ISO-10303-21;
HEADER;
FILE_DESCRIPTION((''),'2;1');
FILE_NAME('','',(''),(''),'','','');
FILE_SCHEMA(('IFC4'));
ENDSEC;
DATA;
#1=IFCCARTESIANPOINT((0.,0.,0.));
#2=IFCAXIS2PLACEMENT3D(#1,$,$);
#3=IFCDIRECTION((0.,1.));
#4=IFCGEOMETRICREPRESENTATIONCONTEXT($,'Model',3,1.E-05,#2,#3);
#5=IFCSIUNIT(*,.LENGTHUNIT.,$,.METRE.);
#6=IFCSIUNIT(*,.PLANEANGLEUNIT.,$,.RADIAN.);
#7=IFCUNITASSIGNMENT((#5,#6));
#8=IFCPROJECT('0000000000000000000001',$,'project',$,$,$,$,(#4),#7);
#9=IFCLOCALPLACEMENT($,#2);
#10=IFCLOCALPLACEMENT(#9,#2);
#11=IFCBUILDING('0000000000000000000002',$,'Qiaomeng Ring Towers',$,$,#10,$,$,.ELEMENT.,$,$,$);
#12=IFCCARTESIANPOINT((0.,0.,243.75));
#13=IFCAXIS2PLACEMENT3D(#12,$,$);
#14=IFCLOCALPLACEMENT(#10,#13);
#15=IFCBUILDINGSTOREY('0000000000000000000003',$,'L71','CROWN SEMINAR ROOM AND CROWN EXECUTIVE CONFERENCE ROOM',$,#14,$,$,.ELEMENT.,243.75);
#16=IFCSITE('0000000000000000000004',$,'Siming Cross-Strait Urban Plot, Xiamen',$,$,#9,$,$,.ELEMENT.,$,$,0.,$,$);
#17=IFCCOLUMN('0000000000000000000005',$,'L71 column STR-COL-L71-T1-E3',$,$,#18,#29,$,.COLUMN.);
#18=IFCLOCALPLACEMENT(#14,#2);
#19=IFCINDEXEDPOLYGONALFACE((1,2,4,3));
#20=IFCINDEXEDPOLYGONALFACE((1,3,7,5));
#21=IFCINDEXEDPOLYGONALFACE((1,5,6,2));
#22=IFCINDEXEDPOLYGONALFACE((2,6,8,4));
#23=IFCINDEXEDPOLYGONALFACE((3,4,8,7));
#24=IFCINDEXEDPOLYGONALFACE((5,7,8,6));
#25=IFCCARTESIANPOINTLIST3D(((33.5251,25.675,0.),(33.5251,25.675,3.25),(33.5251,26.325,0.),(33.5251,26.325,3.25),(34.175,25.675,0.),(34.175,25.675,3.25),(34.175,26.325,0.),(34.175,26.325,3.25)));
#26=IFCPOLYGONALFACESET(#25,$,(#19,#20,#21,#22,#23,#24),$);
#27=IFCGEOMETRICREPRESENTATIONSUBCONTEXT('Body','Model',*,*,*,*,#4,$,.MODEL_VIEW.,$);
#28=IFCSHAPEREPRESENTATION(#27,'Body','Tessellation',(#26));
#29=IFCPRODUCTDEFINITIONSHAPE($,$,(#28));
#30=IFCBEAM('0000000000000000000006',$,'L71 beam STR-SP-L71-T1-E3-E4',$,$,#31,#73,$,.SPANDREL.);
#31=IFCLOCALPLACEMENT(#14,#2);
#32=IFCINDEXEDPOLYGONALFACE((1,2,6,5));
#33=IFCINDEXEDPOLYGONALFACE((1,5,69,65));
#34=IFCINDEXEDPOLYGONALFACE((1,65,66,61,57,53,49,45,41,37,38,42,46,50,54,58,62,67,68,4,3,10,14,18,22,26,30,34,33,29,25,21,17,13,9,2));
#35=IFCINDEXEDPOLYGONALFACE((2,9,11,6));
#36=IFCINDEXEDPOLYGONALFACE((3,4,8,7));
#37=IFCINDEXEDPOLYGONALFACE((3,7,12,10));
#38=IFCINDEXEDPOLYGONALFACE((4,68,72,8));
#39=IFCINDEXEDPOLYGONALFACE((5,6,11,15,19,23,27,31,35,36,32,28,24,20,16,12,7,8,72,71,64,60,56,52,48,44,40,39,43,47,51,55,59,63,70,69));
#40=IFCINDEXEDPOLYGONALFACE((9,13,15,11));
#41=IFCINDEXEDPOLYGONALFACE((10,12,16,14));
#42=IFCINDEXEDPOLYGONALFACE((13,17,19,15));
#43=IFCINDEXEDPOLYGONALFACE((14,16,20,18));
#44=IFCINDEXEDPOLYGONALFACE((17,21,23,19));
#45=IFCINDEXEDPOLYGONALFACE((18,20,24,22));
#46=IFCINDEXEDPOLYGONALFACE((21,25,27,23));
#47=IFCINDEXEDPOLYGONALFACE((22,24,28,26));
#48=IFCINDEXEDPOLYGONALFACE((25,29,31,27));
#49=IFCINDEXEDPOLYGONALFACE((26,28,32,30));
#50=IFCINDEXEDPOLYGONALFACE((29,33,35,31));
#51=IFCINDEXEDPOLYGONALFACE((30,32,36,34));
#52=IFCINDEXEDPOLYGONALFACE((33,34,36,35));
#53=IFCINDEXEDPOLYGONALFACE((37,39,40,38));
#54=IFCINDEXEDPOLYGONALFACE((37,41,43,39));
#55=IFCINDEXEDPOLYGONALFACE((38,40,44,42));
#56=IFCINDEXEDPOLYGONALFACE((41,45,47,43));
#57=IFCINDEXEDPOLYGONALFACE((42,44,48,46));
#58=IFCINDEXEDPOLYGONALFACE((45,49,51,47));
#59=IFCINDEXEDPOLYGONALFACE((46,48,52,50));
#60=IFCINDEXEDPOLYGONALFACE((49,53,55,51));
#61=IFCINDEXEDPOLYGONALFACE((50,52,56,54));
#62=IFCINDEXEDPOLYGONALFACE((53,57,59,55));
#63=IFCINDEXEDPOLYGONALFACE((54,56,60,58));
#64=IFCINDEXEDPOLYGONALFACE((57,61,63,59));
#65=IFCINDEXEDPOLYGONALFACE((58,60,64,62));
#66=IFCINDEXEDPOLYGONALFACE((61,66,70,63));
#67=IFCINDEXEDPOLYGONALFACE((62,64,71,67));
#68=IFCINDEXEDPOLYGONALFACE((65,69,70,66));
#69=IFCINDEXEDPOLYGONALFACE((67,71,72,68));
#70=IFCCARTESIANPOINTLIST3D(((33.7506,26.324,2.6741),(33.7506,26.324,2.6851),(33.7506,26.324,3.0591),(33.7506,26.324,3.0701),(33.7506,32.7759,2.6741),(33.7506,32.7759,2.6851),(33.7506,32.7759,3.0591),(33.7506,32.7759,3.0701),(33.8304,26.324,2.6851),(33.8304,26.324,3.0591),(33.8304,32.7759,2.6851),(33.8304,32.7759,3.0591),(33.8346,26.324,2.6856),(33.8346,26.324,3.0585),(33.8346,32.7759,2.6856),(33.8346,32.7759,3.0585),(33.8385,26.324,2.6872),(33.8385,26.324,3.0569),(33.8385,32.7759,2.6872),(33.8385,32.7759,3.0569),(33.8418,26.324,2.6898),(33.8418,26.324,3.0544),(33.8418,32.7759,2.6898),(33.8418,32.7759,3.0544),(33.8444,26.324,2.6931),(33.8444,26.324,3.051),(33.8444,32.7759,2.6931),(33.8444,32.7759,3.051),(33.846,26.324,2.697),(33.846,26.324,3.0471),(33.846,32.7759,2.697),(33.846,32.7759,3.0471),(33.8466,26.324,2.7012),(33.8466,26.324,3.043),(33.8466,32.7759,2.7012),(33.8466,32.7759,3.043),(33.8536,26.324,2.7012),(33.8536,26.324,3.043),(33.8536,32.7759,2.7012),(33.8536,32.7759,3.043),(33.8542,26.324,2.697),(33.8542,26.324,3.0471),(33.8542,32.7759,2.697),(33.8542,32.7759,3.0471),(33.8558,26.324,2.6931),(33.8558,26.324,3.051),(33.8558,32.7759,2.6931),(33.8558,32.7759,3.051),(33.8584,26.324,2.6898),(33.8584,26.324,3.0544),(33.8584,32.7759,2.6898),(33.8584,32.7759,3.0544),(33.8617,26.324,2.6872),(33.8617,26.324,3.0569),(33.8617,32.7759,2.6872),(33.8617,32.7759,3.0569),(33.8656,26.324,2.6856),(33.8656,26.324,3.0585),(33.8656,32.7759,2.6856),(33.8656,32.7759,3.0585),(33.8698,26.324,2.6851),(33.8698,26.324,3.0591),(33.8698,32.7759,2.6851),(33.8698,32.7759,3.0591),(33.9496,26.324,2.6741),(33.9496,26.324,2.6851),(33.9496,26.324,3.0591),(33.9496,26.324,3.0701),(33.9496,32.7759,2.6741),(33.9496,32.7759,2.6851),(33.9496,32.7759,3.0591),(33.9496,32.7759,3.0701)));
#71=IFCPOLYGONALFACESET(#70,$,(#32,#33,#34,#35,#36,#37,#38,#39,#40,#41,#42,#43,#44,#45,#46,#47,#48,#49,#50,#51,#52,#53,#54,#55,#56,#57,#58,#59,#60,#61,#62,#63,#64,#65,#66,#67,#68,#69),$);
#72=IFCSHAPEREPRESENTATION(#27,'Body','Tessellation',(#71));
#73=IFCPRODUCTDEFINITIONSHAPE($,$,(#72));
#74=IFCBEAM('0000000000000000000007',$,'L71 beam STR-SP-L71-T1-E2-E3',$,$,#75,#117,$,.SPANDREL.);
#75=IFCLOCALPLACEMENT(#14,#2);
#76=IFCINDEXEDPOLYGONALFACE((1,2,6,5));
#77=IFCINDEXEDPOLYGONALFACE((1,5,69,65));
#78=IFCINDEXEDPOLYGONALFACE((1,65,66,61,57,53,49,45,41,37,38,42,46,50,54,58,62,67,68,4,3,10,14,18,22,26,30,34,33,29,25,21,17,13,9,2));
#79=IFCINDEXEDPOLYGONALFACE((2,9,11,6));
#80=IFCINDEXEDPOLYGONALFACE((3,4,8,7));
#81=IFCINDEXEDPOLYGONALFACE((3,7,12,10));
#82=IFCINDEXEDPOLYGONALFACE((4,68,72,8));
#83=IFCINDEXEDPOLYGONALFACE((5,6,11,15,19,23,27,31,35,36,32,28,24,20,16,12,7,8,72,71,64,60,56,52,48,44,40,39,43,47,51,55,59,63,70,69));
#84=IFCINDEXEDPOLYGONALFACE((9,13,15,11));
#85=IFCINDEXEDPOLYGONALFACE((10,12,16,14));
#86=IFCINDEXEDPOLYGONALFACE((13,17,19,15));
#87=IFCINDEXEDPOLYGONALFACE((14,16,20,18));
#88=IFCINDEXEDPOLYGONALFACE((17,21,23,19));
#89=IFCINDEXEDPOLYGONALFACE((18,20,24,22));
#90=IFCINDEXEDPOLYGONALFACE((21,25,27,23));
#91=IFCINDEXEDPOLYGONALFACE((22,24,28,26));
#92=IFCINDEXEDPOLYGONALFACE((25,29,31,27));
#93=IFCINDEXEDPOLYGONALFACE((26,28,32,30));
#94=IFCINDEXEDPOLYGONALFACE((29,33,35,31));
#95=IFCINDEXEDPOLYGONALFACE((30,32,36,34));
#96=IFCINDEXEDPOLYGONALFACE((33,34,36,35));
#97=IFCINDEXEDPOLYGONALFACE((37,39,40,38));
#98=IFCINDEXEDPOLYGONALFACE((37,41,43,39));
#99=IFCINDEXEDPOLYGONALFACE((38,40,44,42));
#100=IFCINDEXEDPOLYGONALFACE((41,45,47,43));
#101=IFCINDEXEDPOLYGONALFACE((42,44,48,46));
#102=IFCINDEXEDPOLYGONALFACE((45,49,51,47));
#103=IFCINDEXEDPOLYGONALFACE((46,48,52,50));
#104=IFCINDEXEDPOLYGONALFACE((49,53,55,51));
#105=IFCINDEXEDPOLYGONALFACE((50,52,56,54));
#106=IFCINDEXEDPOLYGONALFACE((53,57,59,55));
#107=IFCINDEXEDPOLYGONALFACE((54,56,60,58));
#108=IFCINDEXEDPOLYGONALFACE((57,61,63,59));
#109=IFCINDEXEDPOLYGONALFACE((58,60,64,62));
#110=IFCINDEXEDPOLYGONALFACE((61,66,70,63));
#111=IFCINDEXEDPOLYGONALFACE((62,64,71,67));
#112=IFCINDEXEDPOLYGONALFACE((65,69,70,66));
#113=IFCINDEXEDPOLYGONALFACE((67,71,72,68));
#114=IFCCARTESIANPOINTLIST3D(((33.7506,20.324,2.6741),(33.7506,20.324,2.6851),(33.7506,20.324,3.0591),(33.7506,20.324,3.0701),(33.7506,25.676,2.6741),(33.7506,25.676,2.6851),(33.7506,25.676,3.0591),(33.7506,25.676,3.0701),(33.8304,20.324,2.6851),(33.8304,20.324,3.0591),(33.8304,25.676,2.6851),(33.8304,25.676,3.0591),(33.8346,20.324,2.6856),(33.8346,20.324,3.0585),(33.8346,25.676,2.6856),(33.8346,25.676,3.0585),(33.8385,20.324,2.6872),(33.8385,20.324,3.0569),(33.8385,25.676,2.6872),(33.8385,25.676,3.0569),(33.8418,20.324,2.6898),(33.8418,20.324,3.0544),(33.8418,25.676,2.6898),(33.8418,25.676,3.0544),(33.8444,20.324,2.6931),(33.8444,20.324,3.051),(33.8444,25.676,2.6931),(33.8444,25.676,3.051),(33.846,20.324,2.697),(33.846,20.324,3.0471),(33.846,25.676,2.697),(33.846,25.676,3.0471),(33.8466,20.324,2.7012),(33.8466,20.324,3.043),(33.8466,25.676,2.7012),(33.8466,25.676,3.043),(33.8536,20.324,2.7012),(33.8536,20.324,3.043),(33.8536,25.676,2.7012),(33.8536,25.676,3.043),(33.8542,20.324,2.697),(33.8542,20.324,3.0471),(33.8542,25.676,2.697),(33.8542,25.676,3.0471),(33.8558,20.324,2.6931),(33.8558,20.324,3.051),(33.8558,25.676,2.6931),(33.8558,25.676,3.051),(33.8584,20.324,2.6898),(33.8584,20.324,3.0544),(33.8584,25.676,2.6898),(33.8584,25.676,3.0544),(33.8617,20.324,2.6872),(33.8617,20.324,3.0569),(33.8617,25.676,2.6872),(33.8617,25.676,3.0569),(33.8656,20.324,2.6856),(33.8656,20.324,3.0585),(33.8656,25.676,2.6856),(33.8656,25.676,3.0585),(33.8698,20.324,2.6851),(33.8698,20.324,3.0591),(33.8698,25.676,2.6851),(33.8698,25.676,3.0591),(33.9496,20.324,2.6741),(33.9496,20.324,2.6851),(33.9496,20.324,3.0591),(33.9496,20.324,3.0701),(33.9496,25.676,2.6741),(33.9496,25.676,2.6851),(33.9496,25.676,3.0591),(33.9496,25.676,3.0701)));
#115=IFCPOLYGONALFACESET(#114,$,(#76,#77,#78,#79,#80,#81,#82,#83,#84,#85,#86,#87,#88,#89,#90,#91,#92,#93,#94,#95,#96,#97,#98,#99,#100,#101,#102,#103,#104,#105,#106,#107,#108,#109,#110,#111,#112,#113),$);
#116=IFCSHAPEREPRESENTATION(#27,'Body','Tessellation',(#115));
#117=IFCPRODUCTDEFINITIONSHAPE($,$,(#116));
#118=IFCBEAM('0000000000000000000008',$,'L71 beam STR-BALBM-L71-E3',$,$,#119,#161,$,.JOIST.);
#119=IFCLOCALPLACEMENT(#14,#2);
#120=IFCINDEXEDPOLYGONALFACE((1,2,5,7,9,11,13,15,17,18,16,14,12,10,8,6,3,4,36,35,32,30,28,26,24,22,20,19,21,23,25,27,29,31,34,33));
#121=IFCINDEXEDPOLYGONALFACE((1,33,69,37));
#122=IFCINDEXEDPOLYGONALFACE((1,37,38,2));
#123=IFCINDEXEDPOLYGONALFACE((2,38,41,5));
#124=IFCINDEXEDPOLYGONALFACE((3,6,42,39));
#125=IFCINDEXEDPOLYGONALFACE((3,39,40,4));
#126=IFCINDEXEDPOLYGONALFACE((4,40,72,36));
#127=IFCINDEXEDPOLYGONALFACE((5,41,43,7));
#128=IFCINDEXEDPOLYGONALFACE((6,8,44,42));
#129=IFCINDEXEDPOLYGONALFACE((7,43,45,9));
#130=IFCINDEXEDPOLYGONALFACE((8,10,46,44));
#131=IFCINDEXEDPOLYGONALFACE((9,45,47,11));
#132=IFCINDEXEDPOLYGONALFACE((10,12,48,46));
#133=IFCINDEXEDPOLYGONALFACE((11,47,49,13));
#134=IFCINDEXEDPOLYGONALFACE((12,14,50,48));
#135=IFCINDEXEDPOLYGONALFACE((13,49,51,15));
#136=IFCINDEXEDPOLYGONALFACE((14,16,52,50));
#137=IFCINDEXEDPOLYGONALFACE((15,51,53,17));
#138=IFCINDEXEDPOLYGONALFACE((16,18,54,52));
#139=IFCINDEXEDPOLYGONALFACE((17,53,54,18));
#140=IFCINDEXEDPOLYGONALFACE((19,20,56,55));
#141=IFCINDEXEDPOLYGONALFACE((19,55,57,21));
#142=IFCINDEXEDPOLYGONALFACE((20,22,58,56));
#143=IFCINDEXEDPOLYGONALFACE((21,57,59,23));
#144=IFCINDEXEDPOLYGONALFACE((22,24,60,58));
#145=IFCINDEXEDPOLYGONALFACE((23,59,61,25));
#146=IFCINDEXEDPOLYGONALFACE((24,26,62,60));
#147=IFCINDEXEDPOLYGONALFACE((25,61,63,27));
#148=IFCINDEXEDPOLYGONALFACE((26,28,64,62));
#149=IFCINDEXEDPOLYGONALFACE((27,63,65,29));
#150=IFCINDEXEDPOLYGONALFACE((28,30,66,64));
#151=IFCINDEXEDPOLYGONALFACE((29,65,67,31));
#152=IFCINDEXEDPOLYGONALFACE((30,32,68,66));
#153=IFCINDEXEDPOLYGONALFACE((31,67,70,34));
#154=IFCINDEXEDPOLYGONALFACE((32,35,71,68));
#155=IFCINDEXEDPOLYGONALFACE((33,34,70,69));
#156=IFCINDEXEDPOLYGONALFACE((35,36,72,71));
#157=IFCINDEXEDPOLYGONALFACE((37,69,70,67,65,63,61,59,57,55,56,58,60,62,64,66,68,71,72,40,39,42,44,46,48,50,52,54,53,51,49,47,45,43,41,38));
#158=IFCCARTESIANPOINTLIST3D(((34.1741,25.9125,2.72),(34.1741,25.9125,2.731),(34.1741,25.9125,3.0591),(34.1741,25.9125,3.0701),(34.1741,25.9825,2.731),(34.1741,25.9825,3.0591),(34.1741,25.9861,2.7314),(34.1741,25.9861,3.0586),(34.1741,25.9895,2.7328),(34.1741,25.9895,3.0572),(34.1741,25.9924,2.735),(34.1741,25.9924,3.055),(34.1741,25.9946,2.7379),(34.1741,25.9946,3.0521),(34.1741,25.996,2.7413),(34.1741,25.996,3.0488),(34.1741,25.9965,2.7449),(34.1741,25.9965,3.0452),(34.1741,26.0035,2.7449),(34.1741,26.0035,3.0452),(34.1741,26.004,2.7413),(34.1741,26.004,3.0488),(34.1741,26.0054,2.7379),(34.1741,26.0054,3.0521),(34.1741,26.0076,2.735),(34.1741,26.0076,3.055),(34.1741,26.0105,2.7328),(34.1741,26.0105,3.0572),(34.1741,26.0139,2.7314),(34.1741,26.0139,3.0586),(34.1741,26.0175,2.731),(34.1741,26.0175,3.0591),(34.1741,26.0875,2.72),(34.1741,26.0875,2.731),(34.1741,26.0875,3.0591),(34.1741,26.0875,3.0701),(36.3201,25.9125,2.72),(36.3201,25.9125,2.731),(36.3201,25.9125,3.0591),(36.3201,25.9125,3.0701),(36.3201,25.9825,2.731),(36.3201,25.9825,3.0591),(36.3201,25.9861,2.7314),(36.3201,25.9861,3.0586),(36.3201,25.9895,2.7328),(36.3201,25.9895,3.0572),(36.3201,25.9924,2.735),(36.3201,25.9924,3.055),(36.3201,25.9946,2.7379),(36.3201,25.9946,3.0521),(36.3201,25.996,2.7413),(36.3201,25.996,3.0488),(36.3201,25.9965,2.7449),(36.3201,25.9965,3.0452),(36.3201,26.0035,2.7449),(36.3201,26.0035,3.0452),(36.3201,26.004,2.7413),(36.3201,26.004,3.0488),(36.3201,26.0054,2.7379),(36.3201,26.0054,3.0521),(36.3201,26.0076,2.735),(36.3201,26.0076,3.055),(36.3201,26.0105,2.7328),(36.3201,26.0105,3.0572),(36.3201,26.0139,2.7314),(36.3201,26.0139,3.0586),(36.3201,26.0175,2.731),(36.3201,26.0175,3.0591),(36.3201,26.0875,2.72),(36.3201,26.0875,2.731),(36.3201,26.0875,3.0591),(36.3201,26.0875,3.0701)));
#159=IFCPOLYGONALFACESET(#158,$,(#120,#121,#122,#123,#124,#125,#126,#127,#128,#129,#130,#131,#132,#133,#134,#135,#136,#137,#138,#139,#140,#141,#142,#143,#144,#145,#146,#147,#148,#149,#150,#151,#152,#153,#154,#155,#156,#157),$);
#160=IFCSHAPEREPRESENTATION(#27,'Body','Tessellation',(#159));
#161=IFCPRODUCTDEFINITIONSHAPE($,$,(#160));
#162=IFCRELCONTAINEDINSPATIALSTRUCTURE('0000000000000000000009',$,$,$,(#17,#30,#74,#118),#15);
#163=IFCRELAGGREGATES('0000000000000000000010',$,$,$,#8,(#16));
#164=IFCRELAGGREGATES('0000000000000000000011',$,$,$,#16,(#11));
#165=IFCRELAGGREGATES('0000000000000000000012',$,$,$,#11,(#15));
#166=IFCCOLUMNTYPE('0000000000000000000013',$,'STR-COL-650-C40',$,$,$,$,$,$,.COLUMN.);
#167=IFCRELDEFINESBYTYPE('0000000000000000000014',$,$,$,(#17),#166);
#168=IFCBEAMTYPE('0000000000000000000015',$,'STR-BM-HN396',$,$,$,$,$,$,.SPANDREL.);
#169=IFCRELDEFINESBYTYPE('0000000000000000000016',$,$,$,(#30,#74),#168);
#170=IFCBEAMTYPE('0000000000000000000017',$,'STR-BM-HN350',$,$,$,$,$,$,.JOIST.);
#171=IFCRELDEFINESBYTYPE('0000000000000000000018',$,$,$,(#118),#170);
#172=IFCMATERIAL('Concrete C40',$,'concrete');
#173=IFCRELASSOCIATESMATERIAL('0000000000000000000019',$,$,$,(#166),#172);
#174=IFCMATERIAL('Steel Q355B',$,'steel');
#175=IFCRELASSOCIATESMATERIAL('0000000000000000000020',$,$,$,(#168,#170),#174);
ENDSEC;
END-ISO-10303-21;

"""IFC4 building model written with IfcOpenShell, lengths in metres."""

from ifc_helpers import new_model, si_unit, direction, frame, origin, origin_2d, place, context, subcontext, project, spatial, rectangle, i_section, extrude, source, transform, mapped, material, material_profile, profile_set, type_object, element, save


model = new_model("IFC4")

# Units and contexts
model_context = context("Model", 3, precision=1e-05, world=origin(), true_north=direction((0.0, 1.0)))
body_context = subcontext(model_context, "Body", "Model", "MODEL_VIEW")
ifc_project = project(units=[si_unit("LENGTHUNIT", "METRE"), si_unit("PLANEANGLEUNIT", "RADIAN")], contexts=[model_context])

# Site, building, storey
site_placement = place(None, origin())
site = spatial("IfcSite", under=ifc_project, at=site_placement, Name="Siming Cross-Strait Urban Plot, Xiamen", CompositionType="ELEMENT", RefElevation=0.0)
building_placement = place(site_placement, origin())
building = spatial("IfcBuilding", under=site, at=building_placement, Name="Qiaomeng Ring Towers", CompositionType="ELEMENT")
storey_placement = place(building_placement, frame((0.0, 0.0, 243.75)))
storey = spatial("IfcBuildingStorey", under=building, at=storey_placement, Name="L71", Description="CROWN SEMINAR ROOM AND CROWN EXECUTIVE CONFERENCE ROOM", CompositionType="ELEMENT", Elevation=243.75)

# Column
ifc_material_1 = material(Name="Concrete C40", Category="concrete")
ifc_material_profile_1 = material_profile(ifc_material_1, rectangle(XDim=0.6499, YDim=0.6499, at=origin_2d()), Name="RC COL 650x650")
ifc_profile_set_1 = profile_set([ifc_material_profile_1], Name="Concrete C40")
column_type = type_object("IfcColumnType", Name="STR-COL-650-C40", PredefinedType="COLUMN", material=ifc_profile_set_1)
shared_shape_1 = source(origin(), body_context, "Body", "SweptSolid", [
    extrude(rectangle(XDim=0.6499, YDim=0.6499, at=origin_2d()), origin(), (0.0, 0.0, 1.0), 3.25),
])
column_placement = place(storey_placement, frame((33.8501, 26.0, 0.0), z_axis=(0.0, 0.0, 1.0), x_axis=(1.0, 0.0, 0.0)))
element("IfcColumn", 1, at=column_placement, inside=storey, type_object=column_type, Name="L71 column STR-COL-L71-T1-E3", PredefinedType="COLUMN", context=body_context, shape_type="MappedRepresentation", body=[
    mapped(shared_shape_1, transform((0.0, 0.0, 0.0), x_axis=(1.0, 0.0, 0.0), y_axis=(0.0, 1.0, 0.0), z_axis=(0.0, 0.0, 1.0), scale=1.0)),
])

# Beams
ifc_material_2 = material(Name="Steel Q355B", Category="steel")
ifc_material_profile_2 = material_profile(ifc_material_2, i_section(OverallWidth=0.199, OverallDepth=0.396, WebThickness=0.0071, FlangeThickness=0.011, FilletRadius=0.0161, at=origin_2d()), Name="HN 396x199x7x11")
ifc_profile_set_2 = profile_set([ifc_material_profile_2], Name="Steel Q355B")
beam_type_1 = type_object("IfcBeamType", Name="STR-BM-HN396", PredefinedType="SPANDREL", material=ifc_profile_set_2)
shared_shape_2 = source(origin(), body_context, "Body", "SweptSolid", [
    extrude(i_section(OverallWidth=0.199, OverallDepth=0.396, WebThickness=0.0071, FlangeThickness=0.011, FilletRadius=0.0161, at=origin_2d()), origin(), (0.0, 0.0, 1.0), 6.4519),
])
beam_1_placement = place(storey_placement, frame((33.8501, 26.324, 2.8721), z_axis=(0.0, 1.0, 0.0), x_axis=(-1.0, 0.0, 0.0)))
element("IfcBeam", 2, at=beam_1_placement, inside=storey, type_object=beam_type_1, Name="L71 beam STR-SP-L71-T1-E3-E4", PredefinedType="SPANDREL", context=body_context, shape_type="MappedRepresentation", body=[
    mapped(shared_shape_2, transform((0.0, 0.0, 0.0), x_axis=(1.0, 0.0, 0.0), y_axis=(0.0, 1.0, 0.0), z_axis=(0.0, 0.0, 1.0), scale=1.0)),
])
shared_shape_3 = source(origin(), body_context, "Body", "SweptSolid", [
    extrude(i_section(OverallWidth=0.199, OverallDepth=0.396, WebThickness=0.0071, FlangeThickness=0.011, FilletRadius=0.0161, at=origin_2d()), origin(), (0.0, 0.0, 1.0), 5.3521),
])
beam_2_placement = place(storey_placement, frame((33.8501, 20.324, 2.8721), z_axis=(0.0, 1.0, 0.0), x_axis=(-1.0, 0.0, 0.0)))
element("IfcBeam", 3, at=beam_2_placement, inside=storey, type_object=beam_type_1, Name="L71 beam STR-SP-L71-T1-E2-E3", PredefinedType="SPANDREL", context=body_context, shape_type="MappedRepresentation", body=[
    mapped(shared_shape_3, transform((0.0, 0.0, 0.0), x_axis=(1.0, 0.0, 0.0), y_axis=(0.0, 1.0, 0.0), z_axis=(0.0, 0.0, 1.0), scale=1.0)),
])
ifc_material_profile_3 = material_profile(ifc_material_2, i_section(OverallWidth=0.175, OverallDepth=0.3501, WebThickness=0.0071, FlangeThickness=0.011, FilletRadius=0.0139, at=origin_2d()), Name="HN 350x175x7x11")
ifc_profile_set_3 = profile_set([ifc_material_profile_3], Name="Steel Q355B")
beam_type_2 = type_object("IfcBeamType", Name="STR-BM-HN350", PredefinedType="JOIST", material=ifc_profile_set_3)
shared_shape_4 = source(origin(), body_context, "Body", "SweptSolid", [
    extrude(i_section(OverallWidth=0.175, OverallDepth=0.3501, WebThickness=0.0071, FlangeThickness=0.011, FilletRadius=0.0139, at=origin_2d()), origin(), (0.0, 0.0, 1.0), 2.146),
])
beam_3_placement = place(storey_placement, frame((34.1741, 26.0, 2.895), z_axis=(1.0, 0.0, 0.0), x_axis=(0.0, 1.0, 0.0)))
element("IfcBeam", 4, at=beam_3_placement, inside=storey, type_object=beam_type_2, Name="L71 beam STR-BALBM-L71-E3", PredefinedType="JOIST", context=body_context, shape_type="MappedRepresentation", body=[
    mapped(shared_shape_4, transform((0.0, 0.0, 0.0), x_axis=(1.0, 0.0, 0.0), y_axis=(0.0, 1.0, 0.0), z_axis=(0.0, 0.0, 1.0), scale=1.0)),
])

save(model, "model.ifc")
